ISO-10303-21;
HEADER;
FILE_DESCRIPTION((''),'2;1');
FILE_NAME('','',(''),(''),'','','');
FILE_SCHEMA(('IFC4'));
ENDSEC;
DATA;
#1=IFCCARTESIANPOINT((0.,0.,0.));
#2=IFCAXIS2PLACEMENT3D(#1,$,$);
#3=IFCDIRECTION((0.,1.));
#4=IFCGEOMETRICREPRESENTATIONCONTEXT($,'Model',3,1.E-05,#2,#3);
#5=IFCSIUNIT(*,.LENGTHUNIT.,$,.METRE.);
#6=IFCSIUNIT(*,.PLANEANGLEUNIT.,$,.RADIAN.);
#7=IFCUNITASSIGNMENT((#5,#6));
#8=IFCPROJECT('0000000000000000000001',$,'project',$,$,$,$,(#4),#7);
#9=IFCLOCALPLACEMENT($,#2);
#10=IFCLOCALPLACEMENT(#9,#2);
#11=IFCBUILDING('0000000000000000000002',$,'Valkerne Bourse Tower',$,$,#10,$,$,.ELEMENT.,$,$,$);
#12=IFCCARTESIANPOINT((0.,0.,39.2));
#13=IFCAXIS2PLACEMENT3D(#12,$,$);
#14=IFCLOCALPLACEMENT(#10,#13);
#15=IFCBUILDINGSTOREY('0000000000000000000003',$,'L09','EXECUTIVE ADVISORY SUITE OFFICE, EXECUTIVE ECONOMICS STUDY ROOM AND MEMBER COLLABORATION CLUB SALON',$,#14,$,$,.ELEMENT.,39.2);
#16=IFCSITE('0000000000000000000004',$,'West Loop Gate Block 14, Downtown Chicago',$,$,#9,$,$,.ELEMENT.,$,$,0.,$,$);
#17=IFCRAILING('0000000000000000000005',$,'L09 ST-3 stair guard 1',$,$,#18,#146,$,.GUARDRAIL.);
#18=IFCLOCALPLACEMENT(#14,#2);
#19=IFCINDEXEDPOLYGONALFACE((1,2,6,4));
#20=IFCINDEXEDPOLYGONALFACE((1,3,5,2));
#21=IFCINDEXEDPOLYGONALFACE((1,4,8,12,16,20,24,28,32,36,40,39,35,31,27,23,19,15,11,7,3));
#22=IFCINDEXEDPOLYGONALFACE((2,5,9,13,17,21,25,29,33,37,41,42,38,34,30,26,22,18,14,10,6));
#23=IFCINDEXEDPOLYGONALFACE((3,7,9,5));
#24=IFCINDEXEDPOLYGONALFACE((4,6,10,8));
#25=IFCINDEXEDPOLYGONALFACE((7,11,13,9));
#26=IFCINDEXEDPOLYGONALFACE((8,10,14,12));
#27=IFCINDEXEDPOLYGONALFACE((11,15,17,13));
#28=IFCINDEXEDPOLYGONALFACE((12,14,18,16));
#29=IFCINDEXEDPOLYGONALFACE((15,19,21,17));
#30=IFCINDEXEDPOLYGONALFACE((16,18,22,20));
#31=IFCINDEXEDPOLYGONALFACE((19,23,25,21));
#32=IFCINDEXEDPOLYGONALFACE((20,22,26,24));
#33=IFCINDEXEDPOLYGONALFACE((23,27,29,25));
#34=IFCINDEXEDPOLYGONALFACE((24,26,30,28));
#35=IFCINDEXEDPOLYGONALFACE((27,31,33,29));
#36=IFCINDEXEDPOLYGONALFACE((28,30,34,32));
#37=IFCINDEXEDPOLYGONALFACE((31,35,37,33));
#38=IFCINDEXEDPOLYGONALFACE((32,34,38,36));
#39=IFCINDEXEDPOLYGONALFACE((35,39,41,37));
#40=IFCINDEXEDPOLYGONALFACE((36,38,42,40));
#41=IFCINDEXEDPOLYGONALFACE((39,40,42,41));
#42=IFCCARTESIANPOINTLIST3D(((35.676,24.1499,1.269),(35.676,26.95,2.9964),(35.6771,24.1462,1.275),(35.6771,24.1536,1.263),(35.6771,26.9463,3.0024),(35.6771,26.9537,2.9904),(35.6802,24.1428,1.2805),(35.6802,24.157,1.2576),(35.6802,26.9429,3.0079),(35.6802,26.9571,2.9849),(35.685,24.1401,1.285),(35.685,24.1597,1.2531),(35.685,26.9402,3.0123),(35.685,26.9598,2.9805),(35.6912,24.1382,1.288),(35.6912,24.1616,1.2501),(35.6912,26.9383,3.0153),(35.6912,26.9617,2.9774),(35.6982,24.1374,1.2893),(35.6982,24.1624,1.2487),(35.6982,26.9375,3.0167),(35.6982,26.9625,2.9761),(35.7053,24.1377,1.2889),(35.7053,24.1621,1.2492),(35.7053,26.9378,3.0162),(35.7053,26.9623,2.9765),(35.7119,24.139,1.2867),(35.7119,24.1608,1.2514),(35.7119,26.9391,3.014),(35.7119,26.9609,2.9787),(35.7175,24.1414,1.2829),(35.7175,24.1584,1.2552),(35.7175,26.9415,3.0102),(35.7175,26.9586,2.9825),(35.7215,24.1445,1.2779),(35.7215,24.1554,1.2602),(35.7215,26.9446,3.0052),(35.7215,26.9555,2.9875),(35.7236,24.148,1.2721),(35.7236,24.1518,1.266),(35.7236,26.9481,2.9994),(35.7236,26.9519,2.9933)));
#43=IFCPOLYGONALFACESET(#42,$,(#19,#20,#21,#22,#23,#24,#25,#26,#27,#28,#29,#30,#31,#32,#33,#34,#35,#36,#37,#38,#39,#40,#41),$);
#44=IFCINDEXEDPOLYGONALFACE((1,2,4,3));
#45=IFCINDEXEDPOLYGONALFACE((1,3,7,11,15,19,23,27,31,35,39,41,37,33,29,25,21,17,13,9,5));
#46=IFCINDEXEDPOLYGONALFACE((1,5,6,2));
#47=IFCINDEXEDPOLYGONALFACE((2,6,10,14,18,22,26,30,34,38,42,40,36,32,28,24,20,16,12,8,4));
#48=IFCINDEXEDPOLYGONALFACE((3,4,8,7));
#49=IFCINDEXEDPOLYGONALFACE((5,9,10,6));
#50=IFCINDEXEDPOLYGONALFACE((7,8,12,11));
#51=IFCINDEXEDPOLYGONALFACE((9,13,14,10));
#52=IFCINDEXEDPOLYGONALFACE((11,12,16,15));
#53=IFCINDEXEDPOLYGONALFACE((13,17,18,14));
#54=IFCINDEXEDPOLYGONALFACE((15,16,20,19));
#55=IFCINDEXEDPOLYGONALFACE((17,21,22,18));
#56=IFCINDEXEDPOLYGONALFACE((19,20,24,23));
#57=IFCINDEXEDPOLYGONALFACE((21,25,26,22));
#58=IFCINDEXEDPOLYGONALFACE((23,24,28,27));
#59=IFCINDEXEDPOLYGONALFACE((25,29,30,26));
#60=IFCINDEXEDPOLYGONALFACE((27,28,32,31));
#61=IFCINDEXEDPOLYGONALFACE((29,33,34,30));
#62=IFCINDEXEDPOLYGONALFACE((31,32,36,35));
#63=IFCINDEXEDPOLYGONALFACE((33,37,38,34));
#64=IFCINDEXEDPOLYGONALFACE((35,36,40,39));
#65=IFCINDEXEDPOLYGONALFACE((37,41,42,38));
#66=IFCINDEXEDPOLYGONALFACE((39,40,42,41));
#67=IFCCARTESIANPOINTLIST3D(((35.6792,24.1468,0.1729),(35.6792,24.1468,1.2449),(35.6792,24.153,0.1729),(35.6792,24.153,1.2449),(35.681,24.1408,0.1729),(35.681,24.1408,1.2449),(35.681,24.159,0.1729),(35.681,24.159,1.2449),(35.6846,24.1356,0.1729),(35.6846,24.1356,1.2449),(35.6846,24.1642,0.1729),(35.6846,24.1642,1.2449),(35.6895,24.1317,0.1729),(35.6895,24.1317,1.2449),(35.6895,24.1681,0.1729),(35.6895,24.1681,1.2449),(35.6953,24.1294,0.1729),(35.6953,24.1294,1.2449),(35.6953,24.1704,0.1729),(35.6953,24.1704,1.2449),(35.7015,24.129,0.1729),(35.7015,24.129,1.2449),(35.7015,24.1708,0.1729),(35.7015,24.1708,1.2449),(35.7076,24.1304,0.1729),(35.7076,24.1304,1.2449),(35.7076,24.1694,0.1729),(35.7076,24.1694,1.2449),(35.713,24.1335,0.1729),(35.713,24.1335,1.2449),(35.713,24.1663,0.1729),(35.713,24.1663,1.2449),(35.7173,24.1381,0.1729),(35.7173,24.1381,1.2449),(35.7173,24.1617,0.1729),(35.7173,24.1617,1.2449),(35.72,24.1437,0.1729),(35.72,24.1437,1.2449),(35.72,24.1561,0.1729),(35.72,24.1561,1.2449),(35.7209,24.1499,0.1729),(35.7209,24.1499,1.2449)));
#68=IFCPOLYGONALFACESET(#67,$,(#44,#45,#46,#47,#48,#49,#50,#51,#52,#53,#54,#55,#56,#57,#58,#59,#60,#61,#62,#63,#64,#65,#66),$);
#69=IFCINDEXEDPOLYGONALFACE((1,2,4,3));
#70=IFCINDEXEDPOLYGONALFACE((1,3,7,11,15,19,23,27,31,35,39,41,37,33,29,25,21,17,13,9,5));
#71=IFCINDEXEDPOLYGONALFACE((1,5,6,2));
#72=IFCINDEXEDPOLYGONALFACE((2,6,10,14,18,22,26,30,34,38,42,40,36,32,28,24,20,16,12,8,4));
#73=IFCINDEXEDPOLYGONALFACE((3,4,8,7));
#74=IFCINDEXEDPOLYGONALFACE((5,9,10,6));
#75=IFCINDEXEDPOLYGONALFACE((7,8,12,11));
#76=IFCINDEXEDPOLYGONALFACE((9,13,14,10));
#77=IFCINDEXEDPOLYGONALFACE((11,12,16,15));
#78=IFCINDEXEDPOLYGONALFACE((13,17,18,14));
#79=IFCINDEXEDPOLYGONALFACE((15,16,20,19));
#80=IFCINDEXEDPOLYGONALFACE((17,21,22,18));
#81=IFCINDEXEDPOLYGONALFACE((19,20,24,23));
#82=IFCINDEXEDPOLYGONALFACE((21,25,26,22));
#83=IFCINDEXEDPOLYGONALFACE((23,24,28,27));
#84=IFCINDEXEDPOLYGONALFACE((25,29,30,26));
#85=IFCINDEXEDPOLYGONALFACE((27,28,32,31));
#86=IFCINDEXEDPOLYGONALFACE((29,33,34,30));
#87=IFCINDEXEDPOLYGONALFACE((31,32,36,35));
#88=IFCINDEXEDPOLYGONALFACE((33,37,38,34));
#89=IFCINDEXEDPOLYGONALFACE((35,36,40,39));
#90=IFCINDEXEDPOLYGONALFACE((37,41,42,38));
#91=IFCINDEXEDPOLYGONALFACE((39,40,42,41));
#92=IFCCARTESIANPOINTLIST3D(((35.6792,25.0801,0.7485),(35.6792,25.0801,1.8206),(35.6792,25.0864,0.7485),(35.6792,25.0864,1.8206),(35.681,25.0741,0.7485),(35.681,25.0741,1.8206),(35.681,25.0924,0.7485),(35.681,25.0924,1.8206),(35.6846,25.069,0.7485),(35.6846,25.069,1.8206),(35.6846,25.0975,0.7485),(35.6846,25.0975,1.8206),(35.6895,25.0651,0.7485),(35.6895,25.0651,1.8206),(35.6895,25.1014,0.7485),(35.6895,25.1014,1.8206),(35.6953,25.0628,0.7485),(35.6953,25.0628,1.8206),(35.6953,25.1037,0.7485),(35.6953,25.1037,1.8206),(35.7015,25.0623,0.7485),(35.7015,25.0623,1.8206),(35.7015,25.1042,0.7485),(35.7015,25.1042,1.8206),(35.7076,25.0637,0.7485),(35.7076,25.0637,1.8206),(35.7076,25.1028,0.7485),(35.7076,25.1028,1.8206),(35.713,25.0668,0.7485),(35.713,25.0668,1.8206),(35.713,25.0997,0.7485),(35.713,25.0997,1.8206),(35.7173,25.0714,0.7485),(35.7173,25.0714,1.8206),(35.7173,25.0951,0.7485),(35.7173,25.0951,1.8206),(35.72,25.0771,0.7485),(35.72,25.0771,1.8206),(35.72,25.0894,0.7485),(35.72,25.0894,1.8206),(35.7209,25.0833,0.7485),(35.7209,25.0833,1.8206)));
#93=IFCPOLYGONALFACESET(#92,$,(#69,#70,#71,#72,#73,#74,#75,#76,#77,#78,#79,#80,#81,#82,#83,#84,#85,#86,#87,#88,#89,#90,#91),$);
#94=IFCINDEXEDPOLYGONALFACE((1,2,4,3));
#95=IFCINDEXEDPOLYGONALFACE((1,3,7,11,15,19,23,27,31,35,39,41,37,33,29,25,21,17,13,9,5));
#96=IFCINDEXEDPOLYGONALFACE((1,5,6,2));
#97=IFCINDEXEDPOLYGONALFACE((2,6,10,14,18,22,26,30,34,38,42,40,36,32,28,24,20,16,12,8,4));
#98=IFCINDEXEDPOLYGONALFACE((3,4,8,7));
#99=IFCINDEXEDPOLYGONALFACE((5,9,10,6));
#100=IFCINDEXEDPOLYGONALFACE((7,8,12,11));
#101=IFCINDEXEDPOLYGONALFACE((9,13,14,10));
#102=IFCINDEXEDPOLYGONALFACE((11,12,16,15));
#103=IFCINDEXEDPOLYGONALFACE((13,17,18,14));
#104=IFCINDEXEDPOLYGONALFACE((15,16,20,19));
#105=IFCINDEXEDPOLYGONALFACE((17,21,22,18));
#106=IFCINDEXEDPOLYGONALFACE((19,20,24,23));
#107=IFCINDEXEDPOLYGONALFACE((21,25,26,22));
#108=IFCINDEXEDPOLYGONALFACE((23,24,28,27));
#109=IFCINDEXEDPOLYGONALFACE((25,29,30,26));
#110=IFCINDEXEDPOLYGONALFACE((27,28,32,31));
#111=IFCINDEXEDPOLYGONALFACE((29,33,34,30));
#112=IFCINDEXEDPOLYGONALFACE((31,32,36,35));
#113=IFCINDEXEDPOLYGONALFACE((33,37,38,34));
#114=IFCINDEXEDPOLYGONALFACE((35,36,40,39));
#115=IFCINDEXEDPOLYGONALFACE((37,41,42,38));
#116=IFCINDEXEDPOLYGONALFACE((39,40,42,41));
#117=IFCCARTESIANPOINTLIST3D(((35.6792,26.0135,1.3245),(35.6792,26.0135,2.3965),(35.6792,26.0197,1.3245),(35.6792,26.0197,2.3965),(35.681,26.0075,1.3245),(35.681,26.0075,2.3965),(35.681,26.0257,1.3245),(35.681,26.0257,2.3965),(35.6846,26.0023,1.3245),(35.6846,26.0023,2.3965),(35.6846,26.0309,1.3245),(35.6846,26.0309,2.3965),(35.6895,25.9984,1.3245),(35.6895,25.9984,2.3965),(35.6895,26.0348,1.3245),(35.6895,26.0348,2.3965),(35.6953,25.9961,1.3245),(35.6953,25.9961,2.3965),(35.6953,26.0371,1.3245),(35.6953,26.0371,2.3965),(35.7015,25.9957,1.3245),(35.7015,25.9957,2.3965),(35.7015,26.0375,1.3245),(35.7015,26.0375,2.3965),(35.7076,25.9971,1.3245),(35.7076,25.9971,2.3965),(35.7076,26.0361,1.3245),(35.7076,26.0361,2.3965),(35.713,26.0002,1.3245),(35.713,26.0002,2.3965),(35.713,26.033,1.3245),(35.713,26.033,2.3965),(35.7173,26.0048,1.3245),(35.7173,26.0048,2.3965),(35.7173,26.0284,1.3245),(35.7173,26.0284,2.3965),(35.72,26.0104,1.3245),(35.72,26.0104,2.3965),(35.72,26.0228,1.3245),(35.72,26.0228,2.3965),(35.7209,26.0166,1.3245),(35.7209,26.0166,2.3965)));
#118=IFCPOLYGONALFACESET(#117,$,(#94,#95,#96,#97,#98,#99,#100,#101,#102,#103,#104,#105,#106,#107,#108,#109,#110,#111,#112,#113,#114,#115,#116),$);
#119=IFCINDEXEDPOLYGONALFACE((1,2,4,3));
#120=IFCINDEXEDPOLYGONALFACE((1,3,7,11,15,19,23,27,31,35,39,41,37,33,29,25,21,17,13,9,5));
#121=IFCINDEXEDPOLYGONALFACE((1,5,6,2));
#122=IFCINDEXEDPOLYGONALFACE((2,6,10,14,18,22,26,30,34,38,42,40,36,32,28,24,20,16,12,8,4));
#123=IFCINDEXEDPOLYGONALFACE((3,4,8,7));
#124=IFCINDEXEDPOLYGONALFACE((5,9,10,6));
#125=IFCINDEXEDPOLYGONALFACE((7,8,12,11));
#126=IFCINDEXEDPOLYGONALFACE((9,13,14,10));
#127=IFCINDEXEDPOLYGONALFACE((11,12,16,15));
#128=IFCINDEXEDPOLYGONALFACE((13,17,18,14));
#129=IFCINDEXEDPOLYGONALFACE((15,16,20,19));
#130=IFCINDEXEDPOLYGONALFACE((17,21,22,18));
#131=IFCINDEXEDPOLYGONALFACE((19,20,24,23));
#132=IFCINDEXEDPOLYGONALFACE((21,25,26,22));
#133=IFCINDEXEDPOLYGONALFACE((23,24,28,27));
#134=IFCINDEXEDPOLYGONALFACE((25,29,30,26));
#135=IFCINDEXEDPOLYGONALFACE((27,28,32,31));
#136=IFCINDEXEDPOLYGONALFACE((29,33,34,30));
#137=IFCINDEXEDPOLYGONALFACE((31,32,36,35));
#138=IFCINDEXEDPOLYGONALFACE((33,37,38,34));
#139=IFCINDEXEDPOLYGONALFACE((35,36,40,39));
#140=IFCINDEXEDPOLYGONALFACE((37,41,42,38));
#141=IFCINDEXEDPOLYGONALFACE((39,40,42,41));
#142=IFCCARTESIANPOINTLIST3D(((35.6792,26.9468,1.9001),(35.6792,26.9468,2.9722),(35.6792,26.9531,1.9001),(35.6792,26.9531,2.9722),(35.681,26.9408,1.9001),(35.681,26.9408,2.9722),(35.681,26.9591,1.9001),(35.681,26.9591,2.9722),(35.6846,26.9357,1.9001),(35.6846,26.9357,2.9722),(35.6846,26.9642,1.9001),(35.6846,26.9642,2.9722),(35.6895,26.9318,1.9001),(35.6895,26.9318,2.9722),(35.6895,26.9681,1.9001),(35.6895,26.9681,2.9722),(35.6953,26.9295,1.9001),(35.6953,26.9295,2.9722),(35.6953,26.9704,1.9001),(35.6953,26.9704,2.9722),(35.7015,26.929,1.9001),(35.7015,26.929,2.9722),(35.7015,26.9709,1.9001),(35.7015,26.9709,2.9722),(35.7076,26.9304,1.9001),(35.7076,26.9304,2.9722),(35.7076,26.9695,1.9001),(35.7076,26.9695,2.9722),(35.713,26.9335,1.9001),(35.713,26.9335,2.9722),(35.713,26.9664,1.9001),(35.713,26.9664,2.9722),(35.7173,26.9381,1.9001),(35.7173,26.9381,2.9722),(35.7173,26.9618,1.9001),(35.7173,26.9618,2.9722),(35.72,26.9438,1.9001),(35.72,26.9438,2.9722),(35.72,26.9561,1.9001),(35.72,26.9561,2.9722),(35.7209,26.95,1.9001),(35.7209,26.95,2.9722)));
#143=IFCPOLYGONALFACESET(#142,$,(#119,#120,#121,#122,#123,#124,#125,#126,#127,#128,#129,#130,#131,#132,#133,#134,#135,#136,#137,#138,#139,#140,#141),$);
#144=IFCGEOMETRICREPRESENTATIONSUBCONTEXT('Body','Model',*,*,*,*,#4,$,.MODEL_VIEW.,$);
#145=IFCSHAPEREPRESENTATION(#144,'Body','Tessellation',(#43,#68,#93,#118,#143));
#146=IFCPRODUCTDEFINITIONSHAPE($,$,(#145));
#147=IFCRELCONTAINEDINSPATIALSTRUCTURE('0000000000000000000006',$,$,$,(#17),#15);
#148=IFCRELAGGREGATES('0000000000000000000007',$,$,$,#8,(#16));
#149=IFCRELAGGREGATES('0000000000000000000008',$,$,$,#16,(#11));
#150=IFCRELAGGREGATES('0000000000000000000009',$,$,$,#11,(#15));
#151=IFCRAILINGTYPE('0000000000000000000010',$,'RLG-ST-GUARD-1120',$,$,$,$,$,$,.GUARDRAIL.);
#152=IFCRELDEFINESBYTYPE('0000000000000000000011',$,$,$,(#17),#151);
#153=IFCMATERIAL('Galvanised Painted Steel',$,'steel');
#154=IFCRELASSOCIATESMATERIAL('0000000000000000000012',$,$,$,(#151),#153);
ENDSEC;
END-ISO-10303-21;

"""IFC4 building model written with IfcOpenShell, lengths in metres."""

from ifc_helpers import new_model, si_unit, direction, frame, origin, origin_2d, place, context, subcontext, project, spatial, circle, extrude, material, type_object, element, save


model = new_model("IFC4")

# Units and contexts
model_context = context("Model", 3, precision=1e-05, world=origin(), true_north=direction((0.0, 1.0)))
body_context = subcontext(model_context, "Body", "Model", "MODEL_VIEW")
ifc_project = project(units=[si_unit("LENGTHUNIT", "METRE"), si_unit("PLANEANGLEUNIT", "RADIAN")], contexts=[model_context])

# Site, building, storey
site_placement = place(None, origin())
site = spatial("IfcSite", under=ifc_project, at=site_placement, Name="West Loop Gate Block 14, Downtown Chicago", CompositionType="ELEMENT", RefElevation=0.0)
building_placement = place(site_placement, origin())
building = spatial("IfcBuilding", under=site, at=building_placement, Name="Valkerne Bourse Tower", CompositionType="ELEMENT")
storey_placement = place(building_placement, frame((0.0, 0.0, 39.2)))
storey = spatial("IfcBuildingStorey", under=building, at=storey_placement, Name="L09", Description="EXECUTIVE ADVISORY SUITE OFFICE, EXECUTIVE ECONOMICS STUDY ROOM AND MEMBER COLLABORATION CLUB SALON", CompositionType="ELEMENT", Elevation=39.2)

# Shared definitions
ifc_material_1 = material(Name="Galvanised Painted Steel", Category="steel")

# Railing
railing_type_1 = type_object("IfcRailingType", Name="RLG-ST-GUARD-1120", PredefinedType="GUARDRAIL", material=ifc_material_1)
railing_1_placement = place(storey_placement, frame((35.7, 24.1499, 0.1729)))
element("IfcRailing", 1, at=railing_1_placement, inside=storey, type_object=railing_type_1, Name="L09 ST-3 stair guard 1", PredefinedType="GUARDRAIL", context=body_context, shape_type="SweptSolid", body=[
    extrude(circle(Radius=0.0239, at=origin_2d()), frame((0.0, 0.0, 1.0962), z_axis=(0.0, 0.85109, 0.52502), x_axis=(-1.0, 0.0, 0.0)), (0.0, 0.0, 1.0), 3.29),
    extrude(circle(Radius=0.021, at=origin_2d()), origin(), (0.0, 0.0, 1.0), 1.072),
    extrude(circle(Radius=0.021, at=origin_2d()), frame((0.0, 0.9333, 0.5757)), (0.0, 0.0, 1.0), 1.072),
    extrude(circle(Radius=0.021, at=origin_2d()), frame((0.0, 1.8667, 1.1516)), (0.0, 0.0, 1.0), 1.072),
    extrude(circle(Radius=0.021, at=origin_2d()), frame((0.0, 2.8, 1.7273)), (0.0, 0.0, 1.0), 1.072),
])

save(model, "model.ifc")
